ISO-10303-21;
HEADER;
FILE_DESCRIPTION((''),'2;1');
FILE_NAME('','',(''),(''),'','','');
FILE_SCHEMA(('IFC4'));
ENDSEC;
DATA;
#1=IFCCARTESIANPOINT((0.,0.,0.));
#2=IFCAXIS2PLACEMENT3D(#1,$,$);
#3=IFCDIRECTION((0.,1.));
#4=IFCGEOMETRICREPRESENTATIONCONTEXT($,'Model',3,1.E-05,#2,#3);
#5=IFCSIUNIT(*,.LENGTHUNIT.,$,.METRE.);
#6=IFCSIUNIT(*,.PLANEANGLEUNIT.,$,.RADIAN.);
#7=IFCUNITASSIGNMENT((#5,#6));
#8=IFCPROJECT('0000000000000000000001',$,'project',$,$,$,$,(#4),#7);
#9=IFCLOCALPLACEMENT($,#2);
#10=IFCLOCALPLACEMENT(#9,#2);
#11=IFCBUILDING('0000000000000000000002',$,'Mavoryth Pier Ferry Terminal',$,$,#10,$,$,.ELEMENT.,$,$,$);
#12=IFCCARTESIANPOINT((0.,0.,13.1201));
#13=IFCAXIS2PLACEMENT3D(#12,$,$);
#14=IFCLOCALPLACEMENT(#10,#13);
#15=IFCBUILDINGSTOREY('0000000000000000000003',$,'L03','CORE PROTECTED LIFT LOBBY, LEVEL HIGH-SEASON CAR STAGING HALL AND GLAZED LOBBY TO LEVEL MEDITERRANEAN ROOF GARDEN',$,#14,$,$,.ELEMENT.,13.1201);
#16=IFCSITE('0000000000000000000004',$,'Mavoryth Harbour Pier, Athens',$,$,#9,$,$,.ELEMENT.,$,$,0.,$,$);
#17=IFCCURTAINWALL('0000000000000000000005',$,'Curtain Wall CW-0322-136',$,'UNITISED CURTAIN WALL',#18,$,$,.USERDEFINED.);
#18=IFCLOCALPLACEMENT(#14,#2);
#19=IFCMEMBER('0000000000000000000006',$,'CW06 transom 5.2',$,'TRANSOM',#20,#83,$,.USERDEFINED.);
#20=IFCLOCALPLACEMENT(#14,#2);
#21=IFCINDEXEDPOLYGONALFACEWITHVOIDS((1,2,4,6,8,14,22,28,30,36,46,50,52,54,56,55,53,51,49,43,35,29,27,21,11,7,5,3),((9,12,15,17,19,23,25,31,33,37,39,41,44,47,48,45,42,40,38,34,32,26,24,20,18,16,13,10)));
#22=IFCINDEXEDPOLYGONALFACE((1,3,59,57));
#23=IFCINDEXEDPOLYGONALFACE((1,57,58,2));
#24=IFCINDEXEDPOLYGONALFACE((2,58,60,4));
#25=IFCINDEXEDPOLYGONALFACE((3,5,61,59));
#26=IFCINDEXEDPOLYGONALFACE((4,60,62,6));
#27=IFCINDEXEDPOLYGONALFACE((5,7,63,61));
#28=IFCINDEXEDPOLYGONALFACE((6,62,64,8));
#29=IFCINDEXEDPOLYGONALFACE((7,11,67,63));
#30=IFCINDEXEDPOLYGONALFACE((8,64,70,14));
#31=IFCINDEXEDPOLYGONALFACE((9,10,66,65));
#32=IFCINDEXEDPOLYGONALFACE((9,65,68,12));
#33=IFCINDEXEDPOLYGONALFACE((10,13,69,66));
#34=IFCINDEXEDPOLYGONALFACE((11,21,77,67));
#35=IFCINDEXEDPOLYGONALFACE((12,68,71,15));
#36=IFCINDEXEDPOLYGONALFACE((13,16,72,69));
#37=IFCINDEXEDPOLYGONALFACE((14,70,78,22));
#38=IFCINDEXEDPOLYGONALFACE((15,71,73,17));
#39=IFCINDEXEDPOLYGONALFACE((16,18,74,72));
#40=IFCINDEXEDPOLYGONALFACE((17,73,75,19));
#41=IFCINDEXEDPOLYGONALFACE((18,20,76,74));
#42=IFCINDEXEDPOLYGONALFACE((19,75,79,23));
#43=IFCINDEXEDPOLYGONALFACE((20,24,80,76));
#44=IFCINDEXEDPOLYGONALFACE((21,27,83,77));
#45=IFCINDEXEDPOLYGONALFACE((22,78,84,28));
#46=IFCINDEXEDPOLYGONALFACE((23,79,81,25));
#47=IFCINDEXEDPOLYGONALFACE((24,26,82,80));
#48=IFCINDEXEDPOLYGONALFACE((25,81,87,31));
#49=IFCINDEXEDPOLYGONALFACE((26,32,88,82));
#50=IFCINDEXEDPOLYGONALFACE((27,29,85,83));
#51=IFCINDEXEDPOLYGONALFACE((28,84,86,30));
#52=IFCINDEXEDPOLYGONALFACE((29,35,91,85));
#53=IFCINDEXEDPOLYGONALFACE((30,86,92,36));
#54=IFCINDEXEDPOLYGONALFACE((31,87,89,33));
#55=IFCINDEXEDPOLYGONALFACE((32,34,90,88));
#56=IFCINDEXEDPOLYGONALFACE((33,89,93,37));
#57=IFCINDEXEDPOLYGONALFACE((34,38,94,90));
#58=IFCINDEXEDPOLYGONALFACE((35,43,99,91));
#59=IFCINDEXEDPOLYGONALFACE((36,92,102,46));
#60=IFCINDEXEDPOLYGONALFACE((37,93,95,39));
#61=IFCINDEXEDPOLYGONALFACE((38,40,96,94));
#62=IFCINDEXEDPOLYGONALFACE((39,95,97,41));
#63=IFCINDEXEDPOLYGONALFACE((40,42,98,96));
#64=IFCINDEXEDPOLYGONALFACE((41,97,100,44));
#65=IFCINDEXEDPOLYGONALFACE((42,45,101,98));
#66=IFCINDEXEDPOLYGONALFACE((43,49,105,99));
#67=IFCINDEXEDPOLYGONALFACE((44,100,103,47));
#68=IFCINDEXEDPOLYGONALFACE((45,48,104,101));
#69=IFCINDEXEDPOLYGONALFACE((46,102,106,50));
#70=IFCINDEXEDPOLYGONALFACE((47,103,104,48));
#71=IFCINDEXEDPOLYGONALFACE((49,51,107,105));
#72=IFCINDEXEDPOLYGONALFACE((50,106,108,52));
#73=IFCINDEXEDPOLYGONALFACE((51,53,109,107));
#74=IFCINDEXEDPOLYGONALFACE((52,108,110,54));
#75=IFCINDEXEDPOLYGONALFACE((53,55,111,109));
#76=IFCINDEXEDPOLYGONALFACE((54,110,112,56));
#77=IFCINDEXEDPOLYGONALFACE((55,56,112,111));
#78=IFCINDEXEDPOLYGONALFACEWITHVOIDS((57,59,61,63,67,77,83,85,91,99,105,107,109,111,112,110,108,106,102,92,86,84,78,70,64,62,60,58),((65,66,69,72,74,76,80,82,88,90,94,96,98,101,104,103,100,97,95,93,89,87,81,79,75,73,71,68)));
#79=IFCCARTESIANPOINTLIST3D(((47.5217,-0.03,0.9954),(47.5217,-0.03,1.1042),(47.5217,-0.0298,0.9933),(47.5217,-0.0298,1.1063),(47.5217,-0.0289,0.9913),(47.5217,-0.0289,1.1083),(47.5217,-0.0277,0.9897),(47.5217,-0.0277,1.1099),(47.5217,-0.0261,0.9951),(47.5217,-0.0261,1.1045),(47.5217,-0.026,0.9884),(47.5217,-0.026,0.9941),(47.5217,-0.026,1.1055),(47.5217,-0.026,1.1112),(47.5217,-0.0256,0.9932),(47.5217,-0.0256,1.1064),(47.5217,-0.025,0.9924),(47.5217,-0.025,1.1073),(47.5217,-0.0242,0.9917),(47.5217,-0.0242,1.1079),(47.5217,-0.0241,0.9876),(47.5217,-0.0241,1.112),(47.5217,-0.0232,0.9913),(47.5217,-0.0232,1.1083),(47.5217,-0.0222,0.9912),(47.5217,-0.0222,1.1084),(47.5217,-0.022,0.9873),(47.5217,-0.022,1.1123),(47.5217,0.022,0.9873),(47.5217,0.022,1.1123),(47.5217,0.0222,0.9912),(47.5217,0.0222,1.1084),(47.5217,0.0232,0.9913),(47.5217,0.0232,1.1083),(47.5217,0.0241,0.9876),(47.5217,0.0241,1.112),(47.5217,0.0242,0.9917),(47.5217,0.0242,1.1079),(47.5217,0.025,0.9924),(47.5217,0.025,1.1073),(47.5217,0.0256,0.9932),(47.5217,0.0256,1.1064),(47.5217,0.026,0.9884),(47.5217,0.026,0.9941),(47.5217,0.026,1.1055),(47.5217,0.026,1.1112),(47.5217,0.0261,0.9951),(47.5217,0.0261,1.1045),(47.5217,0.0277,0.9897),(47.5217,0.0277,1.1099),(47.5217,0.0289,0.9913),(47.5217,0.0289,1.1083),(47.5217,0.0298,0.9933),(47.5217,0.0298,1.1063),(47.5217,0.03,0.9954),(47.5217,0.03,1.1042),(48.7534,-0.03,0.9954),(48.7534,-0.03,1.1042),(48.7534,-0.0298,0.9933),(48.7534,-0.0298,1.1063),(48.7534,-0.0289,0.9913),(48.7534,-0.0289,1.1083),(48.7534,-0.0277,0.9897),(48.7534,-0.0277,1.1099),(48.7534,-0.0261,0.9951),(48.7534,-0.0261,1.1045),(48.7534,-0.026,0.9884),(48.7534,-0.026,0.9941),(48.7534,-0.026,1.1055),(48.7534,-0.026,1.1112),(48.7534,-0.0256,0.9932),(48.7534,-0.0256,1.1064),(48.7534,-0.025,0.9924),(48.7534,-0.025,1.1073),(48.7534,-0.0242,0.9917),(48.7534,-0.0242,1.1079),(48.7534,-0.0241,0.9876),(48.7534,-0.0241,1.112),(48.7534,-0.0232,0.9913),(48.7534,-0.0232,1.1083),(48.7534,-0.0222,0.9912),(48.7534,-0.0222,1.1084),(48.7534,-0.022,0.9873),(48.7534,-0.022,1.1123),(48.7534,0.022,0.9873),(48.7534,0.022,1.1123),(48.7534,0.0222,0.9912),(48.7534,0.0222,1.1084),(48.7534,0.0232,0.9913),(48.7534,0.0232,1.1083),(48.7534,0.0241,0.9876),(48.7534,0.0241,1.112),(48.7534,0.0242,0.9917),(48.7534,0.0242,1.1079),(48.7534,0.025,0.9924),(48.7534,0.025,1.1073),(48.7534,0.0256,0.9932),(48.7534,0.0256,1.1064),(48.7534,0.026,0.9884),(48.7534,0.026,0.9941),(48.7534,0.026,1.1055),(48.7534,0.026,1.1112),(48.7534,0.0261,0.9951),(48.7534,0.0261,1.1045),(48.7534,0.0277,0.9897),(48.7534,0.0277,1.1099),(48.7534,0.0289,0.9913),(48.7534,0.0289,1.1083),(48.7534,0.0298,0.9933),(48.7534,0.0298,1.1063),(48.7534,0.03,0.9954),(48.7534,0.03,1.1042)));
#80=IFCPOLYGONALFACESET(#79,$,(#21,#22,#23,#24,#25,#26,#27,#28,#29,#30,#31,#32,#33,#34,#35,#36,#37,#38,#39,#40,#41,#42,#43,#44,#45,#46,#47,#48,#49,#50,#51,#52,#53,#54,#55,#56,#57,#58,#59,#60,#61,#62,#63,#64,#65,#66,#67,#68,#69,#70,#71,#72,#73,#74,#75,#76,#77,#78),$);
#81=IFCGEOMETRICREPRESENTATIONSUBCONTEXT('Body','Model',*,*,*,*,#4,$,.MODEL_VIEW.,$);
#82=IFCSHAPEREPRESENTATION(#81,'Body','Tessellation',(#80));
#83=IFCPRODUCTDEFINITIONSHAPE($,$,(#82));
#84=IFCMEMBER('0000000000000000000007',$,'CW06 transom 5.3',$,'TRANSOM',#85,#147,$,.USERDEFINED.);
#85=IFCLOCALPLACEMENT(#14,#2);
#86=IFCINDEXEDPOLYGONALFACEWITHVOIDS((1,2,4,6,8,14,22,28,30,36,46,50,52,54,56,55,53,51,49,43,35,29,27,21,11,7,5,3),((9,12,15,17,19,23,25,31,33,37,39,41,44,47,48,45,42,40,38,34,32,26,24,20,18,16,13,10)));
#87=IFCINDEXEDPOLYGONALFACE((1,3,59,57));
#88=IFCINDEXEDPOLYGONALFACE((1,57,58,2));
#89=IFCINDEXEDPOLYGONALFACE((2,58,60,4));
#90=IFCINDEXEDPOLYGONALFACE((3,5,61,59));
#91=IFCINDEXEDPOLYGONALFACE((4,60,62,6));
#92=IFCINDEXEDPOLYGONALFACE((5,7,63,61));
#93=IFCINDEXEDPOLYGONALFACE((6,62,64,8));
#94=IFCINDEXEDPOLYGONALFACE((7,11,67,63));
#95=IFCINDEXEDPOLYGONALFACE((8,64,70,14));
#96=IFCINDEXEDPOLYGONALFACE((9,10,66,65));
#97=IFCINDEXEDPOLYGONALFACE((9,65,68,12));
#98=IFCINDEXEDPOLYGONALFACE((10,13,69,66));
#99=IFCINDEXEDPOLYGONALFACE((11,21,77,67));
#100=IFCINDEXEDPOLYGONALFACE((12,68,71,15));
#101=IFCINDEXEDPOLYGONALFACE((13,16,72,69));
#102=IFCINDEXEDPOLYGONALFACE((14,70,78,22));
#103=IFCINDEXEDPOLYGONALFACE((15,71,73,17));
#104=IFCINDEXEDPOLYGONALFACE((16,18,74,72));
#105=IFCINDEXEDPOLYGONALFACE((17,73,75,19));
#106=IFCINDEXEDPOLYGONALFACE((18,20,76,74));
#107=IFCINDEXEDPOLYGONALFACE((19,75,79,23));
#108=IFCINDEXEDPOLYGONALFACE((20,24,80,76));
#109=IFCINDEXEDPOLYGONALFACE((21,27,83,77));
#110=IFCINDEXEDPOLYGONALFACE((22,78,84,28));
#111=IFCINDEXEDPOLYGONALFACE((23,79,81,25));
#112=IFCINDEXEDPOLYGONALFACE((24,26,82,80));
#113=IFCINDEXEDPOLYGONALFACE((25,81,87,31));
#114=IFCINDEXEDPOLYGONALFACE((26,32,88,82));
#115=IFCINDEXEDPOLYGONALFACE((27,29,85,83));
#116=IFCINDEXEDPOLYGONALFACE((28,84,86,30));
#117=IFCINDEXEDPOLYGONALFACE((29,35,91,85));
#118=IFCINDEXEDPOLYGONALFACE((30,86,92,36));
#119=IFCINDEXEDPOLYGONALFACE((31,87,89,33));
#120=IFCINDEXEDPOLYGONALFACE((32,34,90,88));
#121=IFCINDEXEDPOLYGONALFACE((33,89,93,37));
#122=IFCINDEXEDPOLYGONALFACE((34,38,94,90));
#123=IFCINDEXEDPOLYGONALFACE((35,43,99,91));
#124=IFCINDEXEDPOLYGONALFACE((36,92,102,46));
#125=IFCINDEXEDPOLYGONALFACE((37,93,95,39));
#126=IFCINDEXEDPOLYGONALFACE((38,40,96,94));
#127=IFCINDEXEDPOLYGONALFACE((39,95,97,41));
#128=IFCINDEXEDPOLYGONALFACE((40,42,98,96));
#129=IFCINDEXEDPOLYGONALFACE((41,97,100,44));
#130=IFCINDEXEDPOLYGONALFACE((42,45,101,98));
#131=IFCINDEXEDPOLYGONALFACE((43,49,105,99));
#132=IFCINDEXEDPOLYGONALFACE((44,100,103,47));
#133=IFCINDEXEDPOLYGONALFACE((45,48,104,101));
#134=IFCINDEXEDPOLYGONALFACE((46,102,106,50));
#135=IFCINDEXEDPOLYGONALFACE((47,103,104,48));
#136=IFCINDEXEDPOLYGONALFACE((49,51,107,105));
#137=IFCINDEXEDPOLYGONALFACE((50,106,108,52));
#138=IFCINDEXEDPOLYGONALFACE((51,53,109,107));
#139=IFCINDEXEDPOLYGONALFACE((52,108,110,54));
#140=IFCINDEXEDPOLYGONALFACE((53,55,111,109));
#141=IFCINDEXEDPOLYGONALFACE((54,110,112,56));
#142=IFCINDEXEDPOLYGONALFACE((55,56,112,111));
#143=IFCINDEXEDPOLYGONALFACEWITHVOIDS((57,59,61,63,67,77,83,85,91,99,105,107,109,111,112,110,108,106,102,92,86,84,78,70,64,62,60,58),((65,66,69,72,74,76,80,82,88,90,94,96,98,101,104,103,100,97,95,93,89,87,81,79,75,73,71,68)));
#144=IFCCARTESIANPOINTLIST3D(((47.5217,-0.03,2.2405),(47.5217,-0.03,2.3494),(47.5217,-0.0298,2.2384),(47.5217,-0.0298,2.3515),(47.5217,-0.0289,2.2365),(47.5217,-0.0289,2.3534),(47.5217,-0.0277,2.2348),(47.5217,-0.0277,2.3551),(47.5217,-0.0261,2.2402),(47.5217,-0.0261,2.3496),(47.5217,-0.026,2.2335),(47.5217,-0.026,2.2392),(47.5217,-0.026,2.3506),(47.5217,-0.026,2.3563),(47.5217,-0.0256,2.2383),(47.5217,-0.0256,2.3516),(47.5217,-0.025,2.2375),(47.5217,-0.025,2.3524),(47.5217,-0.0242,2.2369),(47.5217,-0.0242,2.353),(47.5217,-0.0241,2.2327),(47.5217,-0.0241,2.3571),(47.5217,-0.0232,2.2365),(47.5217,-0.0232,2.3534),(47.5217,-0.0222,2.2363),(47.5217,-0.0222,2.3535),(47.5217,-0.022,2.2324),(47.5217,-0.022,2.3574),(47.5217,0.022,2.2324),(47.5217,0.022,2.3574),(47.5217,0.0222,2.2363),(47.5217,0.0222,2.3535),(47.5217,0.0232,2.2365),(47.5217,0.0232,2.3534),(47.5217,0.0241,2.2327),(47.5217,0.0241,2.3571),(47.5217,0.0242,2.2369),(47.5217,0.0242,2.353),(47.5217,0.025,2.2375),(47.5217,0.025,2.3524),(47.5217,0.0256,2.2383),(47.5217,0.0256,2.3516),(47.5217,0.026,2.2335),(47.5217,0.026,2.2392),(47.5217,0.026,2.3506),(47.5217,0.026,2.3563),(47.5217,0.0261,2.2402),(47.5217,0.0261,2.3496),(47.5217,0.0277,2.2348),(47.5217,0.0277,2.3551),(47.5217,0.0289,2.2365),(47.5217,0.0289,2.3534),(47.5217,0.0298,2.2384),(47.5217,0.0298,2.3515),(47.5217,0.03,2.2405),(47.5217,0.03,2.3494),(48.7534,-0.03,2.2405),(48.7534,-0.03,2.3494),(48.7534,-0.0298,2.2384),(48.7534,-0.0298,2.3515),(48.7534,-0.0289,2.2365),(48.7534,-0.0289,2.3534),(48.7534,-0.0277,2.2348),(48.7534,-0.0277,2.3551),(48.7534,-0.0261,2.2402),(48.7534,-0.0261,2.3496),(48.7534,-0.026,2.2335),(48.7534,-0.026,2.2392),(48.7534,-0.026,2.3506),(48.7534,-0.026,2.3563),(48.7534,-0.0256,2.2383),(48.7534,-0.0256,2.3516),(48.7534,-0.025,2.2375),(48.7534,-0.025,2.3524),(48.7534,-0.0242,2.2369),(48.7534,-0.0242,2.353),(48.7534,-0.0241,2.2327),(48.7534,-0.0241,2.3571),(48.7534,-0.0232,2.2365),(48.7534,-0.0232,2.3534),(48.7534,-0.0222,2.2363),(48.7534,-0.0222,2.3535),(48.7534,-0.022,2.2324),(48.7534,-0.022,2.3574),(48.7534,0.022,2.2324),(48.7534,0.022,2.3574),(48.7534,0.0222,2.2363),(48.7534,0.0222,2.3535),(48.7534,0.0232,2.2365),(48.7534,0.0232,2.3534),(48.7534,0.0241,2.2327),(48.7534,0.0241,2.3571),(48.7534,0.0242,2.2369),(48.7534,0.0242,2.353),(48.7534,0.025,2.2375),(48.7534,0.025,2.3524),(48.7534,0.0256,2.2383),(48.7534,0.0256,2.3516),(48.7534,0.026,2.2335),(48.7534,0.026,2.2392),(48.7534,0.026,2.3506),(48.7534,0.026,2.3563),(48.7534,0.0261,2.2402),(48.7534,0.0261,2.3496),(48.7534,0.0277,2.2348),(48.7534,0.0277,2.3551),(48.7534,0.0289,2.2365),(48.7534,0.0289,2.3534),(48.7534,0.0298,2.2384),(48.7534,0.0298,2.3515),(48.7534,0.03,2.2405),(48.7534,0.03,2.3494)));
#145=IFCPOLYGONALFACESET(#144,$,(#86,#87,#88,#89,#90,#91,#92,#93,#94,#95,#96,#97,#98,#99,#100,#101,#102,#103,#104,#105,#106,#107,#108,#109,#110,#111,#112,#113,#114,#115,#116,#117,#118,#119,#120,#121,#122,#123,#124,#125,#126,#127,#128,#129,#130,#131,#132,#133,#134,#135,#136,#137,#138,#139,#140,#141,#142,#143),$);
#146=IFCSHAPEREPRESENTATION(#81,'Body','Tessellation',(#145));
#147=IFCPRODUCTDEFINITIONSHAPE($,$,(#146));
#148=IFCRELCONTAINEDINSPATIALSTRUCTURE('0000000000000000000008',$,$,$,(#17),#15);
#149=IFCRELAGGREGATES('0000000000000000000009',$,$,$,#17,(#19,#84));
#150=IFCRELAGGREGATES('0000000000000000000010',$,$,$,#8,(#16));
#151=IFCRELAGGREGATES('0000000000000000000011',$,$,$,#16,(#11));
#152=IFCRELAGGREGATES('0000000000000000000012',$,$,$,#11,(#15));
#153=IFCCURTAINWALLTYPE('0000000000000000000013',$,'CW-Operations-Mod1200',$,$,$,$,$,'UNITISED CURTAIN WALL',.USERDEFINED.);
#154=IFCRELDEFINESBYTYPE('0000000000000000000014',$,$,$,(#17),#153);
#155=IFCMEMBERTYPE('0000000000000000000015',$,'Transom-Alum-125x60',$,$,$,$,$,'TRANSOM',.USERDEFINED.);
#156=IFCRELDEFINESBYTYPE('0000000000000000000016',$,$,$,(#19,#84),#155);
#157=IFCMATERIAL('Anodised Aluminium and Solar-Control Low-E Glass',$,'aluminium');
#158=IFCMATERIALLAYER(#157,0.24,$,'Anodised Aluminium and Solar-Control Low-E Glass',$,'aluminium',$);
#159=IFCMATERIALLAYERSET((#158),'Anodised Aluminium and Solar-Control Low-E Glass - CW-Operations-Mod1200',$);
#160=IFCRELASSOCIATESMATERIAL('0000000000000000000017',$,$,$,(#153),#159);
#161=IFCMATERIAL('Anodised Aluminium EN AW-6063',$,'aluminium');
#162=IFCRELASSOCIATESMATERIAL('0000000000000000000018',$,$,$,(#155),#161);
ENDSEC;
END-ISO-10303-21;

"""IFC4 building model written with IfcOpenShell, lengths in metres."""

from ifc_helpers import new_model, si_unit, direction, frame, origin, origin_2d, place, context, subcontext, project, spatial, hollow_rectangle, extrude, material, layer, layer_set, material_profile, profile_set, type_object, element, aggregate, save


model = new_model("IFC4")

# Units and contexts
model_context = context("Model", 3, precision=1e-05, world=origin(), true_north=direction((0.0, 1.0)))
body_context = subcontext(model_context, "Body", "Model", "MODEL_VIEW")
ifc_project = project(units=[si_unit("LENGTHUNIT", "METRE"), si_unit("PLANEANGLEUNIT", "RADIAN")], contexts=[model_context])

# Site, building, storey
site_placement = place(None, origin())
site = spatial("IfcSite", under=ifc_project, at=site_placement, Name="Mavoryth Harbour Pier, Athens", CompositionType="ELEMENT", RefElevation=0.0)
building_placement = place(site_placement, origin())
building = spatial("IfcBuilding", under=site, at=building_placement, Name="Mavoryth Pier Ferry Terminal", CompositionType="ELEMENT")
storey_placement = place(building_placement, frame((0.0, 0.0, 13.1201)))
storey = spatial("IfcBuildingStorey", under=building, at=storey_placement, Name="L03", Description="CORE PROTECTED LIFT LOBBY, LEVEL HIGH-SEASON CAR STAGING HALL AND GLAZED LOBBY TO LEVEL MEDITERRANEAN ROOF GARDEN", CompositionType="ELEMENT", Elevation=13.1201)

# Curtain wall
ifc_material_1 = material(Name="Anodised Aluminium and Solar-Control Low-E Glass", Category="aluminium")
ifc_layer_1 = layer(ifc_material_1, 0.24, Name="Anodised Aluminium and Solar-Control Low-E Glass", Category="aluminium")
ifc_layer_set_1 = layer_set([ifc_layer_1], Name="Anodised Aluminium and Solar-Control Low-E Glass - CW-Operations-Mod1200")
curtain_wall_type = type_object("IfcCurtainWallType", Name="CW-Operations-Mod1200", ElementType="UNITISED CURTAIN WALL", PredefinedType="USERDEFINED", material=ifc_layer_set_1)
curtain_wall_1_placement = place(storey_placement, origin())
curtain_wall_1 = element("IfcCurtainWall", 1, at=curtain_wall_1_placement, inside=storey, type_object=curtain_wall_type, Name="Curtain Wall CW-0322-136", ObjectType="UNITISED CURTAIN WALL", PredefinedType="USERDEFINED")
ifc_material_2 = material(Name="Anodised Aluminium EN AW-6063", Category="aluminium")

# Members
ifc_material_profile_1 = material_profile(ifc_material_2, hollow_rectangle(XDim=0.0601, YDim=0.125, WallThickness=0.0039, InnerFilletRadius=0.0039, OuterFilletRadius=0.0081, at=origin_2d()), Name="AL-TRAN 125x60x4", Category="aluminium")
ifc_profile_set_1 = profile_set([ifc_material_profile_1], Name="Anodised Aluminium EN AW-6063 - AL-TRAN 125x60x4")
member_type_1 = type_object("IfcMemberType", Name="Transom-Alum-125x60", ElementType="TRANSOM", PredefinedType="USERDEFINED", material=ifc_profile_set_1)
member_1_placement = place(storey_placement, frame((47.5217, 0.0, 1.0498), z_axis=(1.0, 0.0, 0.0), x_axis=(0.0, 1.0, 0.0)))
member_1 = element("IfcMember", 2, at=member_1_placement, type_object=member_type_1, Name="CW06 transom 5.2", ObjectType="TRANSOM", PredefinedType="USERDEFINED", context=body_context, shape_type="SweptSolid", body=[
    extrude(hollow_rectangle(XDim=0.0601, YDim=0.125, WallThickness=0.0039, InnerFilletRadius=0.0039, OuterFilletRadius=0.0081, at=origin_2d()), origin(), (0.0, 0.0, 1.0), 1.2317),
])
member_2_placement = place(storey_placement, frame((47.5217, 0.0, 2.2949), z_axis=(1.0, 0.0, 0.0), x_axis=(0.0, 1.0, 0.0)))
member_2 = element("IfcMember", 3, at=member_2_placement, type_object=member_type_1, Name="CW06 transom 5.3", ObjectType="TRANSOM", PredefinedType="USERDEFINED", context=body_context, shape_type="SweptSolid", body=[
    extrude(hollow_rectangle(XDim=0.0601, YDim=0.125, WallThickness=0.0039, InnerFilletRadius=0.0039, OuterFilletRadius=0.0081, at=origin_2d()), origin(), (0.0, 0.0, 1.0), 1.2317),
])

aggregate(curtain_wall_1, [member_1, member_2])

save(model, "model.ifc")
